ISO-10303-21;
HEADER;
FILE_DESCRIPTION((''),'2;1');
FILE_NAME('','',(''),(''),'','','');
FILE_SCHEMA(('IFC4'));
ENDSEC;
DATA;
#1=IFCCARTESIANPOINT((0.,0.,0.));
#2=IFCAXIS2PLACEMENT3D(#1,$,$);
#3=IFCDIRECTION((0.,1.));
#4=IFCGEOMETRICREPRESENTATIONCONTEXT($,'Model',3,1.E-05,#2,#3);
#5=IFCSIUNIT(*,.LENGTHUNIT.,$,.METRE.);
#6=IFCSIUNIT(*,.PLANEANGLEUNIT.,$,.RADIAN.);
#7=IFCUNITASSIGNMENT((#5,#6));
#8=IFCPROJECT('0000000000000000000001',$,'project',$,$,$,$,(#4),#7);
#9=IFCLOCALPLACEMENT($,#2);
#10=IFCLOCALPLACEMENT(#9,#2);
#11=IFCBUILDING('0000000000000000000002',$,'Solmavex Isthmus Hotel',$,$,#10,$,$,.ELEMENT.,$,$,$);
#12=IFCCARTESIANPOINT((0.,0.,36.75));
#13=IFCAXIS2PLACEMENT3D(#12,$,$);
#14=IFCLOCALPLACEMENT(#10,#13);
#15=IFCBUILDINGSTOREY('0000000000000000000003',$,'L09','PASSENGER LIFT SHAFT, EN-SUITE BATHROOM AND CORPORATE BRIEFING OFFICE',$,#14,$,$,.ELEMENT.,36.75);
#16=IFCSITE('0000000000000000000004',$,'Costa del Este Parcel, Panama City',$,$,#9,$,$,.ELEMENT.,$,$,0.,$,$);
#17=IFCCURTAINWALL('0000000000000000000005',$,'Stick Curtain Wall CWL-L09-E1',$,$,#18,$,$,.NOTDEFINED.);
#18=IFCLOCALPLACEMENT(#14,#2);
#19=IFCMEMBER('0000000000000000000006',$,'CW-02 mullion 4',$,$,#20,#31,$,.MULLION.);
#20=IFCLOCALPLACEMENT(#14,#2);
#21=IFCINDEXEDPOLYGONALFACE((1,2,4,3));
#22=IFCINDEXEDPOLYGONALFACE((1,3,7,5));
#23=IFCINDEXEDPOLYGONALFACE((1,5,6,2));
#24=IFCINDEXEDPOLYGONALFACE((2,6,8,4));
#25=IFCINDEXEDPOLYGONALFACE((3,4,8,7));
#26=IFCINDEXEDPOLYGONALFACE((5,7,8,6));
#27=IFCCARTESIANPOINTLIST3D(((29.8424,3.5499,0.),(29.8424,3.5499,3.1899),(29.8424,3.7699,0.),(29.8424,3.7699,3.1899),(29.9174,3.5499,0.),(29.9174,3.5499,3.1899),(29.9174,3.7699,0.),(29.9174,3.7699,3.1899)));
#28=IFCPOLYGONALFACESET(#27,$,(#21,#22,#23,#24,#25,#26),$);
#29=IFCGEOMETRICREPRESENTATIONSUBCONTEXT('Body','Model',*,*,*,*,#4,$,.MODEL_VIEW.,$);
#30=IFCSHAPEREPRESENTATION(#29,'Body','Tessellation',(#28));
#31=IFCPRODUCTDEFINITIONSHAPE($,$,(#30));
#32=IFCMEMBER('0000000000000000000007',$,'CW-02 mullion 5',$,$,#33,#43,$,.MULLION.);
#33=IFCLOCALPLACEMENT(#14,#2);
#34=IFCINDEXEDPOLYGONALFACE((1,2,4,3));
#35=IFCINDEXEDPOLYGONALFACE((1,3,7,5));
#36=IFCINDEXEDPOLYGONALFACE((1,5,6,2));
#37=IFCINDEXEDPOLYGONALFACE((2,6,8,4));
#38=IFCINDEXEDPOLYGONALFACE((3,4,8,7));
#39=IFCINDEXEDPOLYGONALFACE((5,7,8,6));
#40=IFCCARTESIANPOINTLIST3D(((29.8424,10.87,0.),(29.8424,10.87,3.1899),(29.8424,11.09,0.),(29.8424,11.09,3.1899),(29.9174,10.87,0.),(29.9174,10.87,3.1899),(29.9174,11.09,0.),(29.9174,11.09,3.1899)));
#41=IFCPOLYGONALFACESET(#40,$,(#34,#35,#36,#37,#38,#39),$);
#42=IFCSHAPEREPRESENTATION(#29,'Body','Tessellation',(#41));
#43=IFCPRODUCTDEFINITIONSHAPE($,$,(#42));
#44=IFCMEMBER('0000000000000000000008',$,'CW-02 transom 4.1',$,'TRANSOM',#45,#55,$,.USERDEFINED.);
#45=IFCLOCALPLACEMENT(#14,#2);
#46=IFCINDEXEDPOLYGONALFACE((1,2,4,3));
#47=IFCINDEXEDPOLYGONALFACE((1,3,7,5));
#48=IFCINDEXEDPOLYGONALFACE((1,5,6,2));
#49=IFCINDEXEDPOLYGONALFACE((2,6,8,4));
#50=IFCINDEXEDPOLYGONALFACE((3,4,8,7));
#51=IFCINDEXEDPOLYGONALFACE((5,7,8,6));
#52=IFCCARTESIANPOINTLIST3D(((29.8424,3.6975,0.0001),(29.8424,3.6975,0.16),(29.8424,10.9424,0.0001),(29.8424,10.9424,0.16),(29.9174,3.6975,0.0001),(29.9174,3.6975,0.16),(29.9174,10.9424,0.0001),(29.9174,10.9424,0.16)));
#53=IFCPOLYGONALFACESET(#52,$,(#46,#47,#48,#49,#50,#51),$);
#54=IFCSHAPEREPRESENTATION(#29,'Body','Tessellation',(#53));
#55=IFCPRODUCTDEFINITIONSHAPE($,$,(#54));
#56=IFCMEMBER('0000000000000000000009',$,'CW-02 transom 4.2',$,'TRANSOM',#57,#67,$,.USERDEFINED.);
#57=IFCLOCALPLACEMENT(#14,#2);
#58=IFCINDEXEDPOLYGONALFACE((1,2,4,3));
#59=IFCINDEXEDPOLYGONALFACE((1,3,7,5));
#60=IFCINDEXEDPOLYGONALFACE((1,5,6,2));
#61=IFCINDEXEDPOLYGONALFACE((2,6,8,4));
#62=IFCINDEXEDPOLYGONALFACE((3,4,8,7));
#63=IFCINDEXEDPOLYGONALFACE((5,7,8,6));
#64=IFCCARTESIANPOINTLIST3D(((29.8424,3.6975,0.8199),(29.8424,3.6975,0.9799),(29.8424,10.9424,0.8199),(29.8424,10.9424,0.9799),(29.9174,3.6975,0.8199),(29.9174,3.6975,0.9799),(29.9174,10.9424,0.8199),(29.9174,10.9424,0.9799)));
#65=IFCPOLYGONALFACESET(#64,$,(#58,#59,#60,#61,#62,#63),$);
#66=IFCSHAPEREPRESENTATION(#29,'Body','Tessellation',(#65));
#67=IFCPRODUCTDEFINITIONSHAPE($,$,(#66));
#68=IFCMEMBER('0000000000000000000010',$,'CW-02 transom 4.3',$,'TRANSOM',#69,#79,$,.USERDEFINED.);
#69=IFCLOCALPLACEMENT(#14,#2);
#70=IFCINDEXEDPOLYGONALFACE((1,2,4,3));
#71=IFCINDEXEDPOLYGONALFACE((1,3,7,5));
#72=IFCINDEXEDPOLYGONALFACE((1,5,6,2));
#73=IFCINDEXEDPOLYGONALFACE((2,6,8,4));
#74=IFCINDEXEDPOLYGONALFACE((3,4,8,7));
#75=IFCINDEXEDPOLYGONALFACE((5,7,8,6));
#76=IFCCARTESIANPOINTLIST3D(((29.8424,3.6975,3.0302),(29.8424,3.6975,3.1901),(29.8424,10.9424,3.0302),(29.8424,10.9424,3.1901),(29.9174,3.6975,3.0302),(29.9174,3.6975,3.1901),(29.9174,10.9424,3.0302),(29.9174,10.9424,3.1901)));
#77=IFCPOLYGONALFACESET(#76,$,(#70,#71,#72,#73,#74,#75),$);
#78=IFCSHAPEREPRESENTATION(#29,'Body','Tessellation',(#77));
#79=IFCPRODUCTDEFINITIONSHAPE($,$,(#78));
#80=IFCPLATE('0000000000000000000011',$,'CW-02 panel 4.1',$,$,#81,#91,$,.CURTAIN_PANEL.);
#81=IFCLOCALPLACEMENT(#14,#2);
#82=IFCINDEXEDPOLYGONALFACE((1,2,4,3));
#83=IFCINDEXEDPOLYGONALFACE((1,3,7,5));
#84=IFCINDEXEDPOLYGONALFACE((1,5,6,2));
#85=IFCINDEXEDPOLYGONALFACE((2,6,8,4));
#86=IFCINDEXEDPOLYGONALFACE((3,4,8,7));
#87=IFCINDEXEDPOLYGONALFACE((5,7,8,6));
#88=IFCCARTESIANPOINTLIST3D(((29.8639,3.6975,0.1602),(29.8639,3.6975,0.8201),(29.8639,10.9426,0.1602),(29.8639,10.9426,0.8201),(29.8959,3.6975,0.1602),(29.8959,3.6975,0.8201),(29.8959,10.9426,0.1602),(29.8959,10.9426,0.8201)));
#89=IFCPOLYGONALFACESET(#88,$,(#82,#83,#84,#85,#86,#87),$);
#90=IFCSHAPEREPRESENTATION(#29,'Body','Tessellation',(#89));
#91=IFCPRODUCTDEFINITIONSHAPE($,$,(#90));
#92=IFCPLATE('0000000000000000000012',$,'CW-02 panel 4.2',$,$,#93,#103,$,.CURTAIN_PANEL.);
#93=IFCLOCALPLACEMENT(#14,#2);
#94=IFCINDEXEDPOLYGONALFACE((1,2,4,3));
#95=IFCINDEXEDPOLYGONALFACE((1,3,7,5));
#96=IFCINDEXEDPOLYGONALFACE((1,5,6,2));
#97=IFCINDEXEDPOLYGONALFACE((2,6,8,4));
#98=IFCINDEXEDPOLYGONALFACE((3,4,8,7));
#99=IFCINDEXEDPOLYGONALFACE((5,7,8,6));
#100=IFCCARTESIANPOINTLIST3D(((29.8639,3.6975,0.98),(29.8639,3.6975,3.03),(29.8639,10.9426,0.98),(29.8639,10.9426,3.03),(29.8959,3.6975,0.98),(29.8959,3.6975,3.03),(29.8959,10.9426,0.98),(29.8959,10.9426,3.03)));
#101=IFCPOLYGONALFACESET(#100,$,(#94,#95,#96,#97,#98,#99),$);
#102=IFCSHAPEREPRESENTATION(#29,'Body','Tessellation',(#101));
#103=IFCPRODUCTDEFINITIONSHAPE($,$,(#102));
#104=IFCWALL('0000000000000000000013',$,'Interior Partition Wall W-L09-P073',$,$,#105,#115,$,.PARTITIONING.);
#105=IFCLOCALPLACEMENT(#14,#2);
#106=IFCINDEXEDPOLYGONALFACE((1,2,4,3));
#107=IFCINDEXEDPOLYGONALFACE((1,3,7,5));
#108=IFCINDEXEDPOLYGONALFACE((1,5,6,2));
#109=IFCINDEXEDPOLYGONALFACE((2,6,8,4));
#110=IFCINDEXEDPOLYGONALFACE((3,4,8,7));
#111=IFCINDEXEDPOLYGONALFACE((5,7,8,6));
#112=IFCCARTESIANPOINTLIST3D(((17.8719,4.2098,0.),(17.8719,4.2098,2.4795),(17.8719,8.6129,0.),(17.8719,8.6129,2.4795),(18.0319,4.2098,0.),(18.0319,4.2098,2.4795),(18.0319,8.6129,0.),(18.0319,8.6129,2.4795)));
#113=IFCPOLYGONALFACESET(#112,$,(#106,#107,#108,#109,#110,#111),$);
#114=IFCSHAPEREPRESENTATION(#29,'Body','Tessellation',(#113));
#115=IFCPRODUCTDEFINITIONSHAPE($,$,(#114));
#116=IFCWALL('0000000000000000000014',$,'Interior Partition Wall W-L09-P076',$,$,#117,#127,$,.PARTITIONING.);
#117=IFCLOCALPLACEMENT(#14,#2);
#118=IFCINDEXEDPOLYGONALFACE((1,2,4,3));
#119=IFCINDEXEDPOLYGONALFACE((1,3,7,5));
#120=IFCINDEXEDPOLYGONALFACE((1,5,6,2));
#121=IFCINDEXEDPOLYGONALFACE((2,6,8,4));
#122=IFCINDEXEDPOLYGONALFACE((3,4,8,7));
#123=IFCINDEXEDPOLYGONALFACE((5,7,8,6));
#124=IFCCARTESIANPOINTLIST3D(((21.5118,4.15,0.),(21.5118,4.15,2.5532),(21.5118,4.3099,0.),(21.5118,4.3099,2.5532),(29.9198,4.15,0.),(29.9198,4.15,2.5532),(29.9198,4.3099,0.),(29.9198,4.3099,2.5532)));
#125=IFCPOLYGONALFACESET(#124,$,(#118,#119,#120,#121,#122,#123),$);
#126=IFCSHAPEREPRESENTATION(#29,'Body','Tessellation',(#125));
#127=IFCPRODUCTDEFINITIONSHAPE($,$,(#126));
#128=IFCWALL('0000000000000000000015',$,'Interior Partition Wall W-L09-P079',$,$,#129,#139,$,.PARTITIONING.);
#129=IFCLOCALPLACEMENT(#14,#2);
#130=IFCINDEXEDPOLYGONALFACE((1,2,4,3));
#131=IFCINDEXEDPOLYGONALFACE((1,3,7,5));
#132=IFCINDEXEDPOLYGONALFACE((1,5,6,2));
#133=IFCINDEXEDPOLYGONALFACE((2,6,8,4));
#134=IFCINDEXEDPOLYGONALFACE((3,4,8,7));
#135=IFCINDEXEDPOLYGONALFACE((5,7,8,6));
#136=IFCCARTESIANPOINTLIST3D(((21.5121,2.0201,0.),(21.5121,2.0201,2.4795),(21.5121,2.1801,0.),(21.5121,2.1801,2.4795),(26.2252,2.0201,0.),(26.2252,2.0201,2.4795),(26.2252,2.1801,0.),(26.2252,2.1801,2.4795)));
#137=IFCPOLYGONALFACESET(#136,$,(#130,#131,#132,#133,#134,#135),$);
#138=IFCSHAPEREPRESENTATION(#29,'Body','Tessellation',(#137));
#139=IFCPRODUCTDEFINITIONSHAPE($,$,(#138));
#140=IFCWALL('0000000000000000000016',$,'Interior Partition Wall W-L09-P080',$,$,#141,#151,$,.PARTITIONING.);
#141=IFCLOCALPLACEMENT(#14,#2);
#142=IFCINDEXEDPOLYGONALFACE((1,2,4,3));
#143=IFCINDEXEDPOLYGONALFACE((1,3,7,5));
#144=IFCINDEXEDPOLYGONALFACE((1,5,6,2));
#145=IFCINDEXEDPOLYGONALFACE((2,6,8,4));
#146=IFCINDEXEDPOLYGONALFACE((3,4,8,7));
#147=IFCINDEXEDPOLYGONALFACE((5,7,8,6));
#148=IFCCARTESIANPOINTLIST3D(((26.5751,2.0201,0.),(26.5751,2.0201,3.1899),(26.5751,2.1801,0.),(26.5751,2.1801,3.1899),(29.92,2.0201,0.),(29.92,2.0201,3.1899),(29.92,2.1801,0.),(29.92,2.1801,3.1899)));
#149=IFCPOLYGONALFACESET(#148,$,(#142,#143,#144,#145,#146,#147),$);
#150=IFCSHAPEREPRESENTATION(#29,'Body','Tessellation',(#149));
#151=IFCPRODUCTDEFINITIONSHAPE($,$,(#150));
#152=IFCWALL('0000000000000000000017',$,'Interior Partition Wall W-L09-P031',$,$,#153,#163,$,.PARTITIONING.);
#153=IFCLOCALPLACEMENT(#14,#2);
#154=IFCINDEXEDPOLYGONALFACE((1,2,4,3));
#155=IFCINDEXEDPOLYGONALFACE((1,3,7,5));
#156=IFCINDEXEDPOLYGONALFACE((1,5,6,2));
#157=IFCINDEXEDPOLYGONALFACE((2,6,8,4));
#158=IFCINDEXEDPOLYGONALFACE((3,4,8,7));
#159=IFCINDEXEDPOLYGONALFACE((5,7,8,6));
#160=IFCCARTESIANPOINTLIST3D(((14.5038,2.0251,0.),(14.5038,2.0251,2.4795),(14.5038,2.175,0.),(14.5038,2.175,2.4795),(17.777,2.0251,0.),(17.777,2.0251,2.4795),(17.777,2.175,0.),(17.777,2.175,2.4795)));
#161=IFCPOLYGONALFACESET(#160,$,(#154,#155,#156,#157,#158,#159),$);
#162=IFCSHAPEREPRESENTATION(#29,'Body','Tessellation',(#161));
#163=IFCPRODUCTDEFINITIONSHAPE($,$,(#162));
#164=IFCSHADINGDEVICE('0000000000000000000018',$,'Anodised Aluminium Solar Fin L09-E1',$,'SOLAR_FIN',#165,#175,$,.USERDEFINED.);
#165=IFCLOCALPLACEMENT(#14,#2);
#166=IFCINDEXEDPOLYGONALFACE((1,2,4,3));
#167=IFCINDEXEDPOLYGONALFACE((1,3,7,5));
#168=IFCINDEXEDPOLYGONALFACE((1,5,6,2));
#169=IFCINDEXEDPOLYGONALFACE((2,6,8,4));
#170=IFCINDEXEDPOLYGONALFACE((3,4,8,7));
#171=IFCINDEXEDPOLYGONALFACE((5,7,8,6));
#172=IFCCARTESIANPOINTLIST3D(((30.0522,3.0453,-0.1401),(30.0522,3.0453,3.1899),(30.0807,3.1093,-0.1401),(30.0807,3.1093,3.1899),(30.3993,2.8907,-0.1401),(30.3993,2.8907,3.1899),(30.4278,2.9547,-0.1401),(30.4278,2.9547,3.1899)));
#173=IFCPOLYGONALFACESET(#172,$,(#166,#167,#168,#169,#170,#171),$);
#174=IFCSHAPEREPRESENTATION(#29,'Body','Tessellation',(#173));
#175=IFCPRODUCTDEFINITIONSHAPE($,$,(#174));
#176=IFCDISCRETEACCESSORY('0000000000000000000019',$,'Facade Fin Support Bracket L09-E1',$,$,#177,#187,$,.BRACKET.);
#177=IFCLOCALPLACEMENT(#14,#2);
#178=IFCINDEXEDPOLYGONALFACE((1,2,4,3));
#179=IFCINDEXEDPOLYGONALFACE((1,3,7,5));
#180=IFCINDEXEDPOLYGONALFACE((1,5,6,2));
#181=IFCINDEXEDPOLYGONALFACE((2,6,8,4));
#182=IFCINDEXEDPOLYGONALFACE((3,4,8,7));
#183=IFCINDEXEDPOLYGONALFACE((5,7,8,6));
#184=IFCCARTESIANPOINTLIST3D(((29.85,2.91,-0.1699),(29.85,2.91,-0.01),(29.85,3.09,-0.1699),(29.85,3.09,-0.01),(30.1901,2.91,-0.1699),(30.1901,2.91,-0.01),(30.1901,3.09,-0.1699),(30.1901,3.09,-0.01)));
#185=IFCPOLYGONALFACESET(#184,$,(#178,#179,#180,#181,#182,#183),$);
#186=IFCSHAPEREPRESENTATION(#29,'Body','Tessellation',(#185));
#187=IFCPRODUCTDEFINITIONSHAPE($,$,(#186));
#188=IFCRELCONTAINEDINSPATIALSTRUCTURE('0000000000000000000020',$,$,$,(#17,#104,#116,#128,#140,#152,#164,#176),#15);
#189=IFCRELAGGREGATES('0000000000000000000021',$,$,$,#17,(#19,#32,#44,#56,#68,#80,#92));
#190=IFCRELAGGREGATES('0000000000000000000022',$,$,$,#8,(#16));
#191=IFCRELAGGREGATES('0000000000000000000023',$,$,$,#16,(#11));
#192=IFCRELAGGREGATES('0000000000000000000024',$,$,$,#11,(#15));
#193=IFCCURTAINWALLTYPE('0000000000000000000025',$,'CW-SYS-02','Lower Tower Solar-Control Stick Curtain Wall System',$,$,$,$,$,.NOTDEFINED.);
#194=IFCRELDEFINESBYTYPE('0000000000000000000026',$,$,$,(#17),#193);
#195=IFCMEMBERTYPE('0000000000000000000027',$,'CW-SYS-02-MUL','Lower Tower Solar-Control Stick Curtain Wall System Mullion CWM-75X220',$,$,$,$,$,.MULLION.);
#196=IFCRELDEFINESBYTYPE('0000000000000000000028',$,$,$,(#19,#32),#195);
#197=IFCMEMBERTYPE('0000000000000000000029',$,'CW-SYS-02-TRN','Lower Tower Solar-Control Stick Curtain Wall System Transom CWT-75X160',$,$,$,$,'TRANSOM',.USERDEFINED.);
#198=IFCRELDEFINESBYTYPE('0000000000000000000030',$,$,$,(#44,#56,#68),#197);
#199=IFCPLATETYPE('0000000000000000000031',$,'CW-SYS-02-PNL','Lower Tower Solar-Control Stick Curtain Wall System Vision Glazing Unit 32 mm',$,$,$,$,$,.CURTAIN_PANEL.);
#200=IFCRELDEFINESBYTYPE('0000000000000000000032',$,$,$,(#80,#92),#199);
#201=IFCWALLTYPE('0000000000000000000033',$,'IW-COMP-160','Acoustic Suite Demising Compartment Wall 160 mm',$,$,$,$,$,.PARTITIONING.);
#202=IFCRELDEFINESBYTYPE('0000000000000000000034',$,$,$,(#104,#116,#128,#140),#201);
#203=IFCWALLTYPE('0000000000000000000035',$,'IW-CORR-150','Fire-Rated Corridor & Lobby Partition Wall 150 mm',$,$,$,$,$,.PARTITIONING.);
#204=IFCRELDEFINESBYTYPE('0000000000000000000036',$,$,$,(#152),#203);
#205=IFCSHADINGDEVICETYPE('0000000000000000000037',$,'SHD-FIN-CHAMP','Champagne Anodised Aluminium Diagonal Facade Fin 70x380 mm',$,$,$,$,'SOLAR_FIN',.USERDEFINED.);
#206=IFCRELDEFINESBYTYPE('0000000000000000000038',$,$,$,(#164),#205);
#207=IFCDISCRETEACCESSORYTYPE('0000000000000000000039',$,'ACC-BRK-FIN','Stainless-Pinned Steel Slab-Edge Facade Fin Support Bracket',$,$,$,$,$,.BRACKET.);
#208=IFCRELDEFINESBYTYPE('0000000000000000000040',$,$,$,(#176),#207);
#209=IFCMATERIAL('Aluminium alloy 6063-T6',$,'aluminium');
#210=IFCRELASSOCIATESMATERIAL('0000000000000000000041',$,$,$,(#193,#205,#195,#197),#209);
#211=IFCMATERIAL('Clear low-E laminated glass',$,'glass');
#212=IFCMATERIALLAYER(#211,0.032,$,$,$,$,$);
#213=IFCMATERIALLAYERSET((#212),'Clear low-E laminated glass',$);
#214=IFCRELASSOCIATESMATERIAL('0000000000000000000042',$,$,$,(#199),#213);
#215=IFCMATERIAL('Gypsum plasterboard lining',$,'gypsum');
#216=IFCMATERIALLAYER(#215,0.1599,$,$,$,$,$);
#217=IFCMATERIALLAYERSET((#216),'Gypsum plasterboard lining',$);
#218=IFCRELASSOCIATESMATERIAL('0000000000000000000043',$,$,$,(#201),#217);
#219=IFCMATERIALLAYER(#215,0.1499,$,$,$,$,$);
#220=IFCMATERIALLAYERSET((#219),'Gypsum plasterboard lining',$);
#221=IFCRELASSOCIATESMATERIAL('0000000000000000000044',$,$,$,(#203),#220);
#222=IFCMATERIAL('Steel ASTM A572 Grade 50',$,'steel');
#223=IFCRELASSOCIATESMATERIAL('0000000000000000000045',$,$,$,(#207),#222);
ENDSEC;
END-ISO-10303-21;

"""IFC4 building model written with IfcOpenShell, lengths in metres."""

from ifc_helpers import new_model, si_unit, direction, frame, frame_2d, origin, origin_2d, place, context, subcontext, project, spatial, rectangle, extrude, material, layer, layer_set, material_profile, profile_set, type_object, element, aggregate, save


model = new_model("IFC4")

# Units and contexts
model_context = context("Model", 3, precision=1e-05, world=origin(), true_north=direction((0.0, 1.0)))
body_context = subcontext(model_context, "Body", "Model", "MODEL_VIEW")
ifc_project = project(units=[si_unit("LENGTHUNIT", "METRE"), si_unit("PLANEANGLEUNIT", "RADIAN")], contexts=[model_context])

# Site, building, storey
site_placement = place(None, origin())
site = spatial("IfcSite", under=ifc_project, at=site_placement, Name="Costa del Este Parcel, Panama City", CompositionType="ELEMENT", RefElevation=0.0)
building_placement = place(site_placement, origin())
building = spatial("IfcBuilding", under=site, at=building_placement, Name="Solmavex Isthmus Hotel", CompositionType="ELEMENT")
storey_placement = place(building_placement, frame((0.0, 0.0, 36.75)))
storey = spatial("IfcBuildingStorey", under=building, at=storey_placement, Name="L09", Description="PASSENGER LIFT SHAFT, EN-SUITE BATHROOM AND CORPORATE BRIEFING OFFICE", CompositionType="ELEMENT", Elevation=36.75)

# Curtain wall, members, plates
ifc_material_1 = material(Name="Aluminium alloy 6063-T6", Category="aluminium")
curtain_wall_type = type_object("IfcCurtainWallType", Name="CW-SYS-02", Description="Lower Tower Solar-Control Stick Curtain Wall System", PredefinedType="NOTDEFINED", material=ifc_material_1)
curtain_wall_placement = place(storey_placement, origin())
curtain_wall = element("IfcCurtainWall", 1, at=curtain_wall_placement, inside=storey, type_object=curtain_wall_type, Name="Stick Curtain Wall CWL-L09-E1", PredefinedType="NOTDEFINED")
ifc_material_profile_1 = material_profile(ifc_material_1, rectangle(XDim=0.075, YDim=0.22, at=origin_2d()), Name="CWM-75X220")
ifc_profile_set_1 = profile_set([ifc_material_profile_1], Name="Aluminium alloy 6063-T6")
member_type_1 = type_object("IfcMemberType", Name="CW-SYS-02-MUL", Description="Lower Tower Solar-Control Stick Curtain Wall System Mullion CWM-75X220", PredefinedType="MULLION", material=ifc_profile_set_1)
member_1_placement = place(storey_placement, frame((29.8799, 3.6599, 0.0), z_axis=(0.0, 0.0, 1.0), x_axis=(-1.0, 0.0, 0.0)))
member_1 = element("IfcMember", 2, at=member_1_placement, type_object=member_type_1, Name="CW-02 mullion 4", PredefinedType="MULLION", context=body_context, shape_type="SweptSolid", body=[
    extrude(rectangle(XDim=0.075, YDim=0.22, at=origin_2d()), origin(), (0.0, 0.0, 1.0), 3.1899),
])
member_2_placement = place(storey_placement, frame((29.8799, 10.98, 0.0), z_axis=(0.0, 0.0, 1.0), x_axis=(-1.0, 0.0, 0.0)))
member_2 = element("IfcMember", 3, at=member_2_placement, type_object=member_type_1, Name="CW-02 mullion 5", PredefinedType="MULLION", context=body_context, shape_type="SweptSolid", body=[
    extrude(rectangle(XDim=0.075, YDim=0.22, at=origin_2d()), origin(), (0.0, 0.0, 1.0), 3.1899),
])
ifc_material_profile_2 = material_profile(ifc_material_1, rectangle(XDim=0.075, YDim=0.1599, at=origin_2d()), Name="CWT-75X160")
ifc_profile_set_2 = profile_set([ifc_material_profile_2], Name="Aluminium alloy 6063-T6")
member_type_2 = type_object("IfcMemberType", Name="CW-SYS-02-TRN", Description="Lower Tower Solar-Control Stick Curtain Wall System Transom CWT-75X160", ElementType="TRANSOM", PredefinedType="USERDEFINED", material=ifc_profile_set_2)
member_3_placement = place(storey_placement, frame((29.8799, 3.6975, 0.0801), z_axis=(0.0, 1.0, 0.0), x_axis=(-1.0, 0.0, 0.0)))
member_3 = element("IfcMember", 4, at=member_3_placement, type_object=member_type_2, Name="CW-02 transom 4.1", ObjectType="TRANSOM", PredefinedType="USERDEFINED", context=body_context, shape_type="SweptSolid", body=[
    extrude(rectangle(XDim=0.075, YDim=0.1599, at=origin_2d()), origin(), (0.0, 0.0, 1.0), 7.2449),
])
member_4_placement = place(storey_placement, frame((29.8799, 3.6975, 0.8999), z_axis=(0.0, 1.0, 0.0), x_axis=(-1.0, 0.0, 0.0)))
member_4 = element("IfcMember", 5, at=member_4_placement, type_object=member_type_2, Name="CW-02 transom 4.2", ObjectType="TRANSOM", PredefinedType="USERDEFINED", context=body_context, shape_type="SweptSolid", body=[
    extrude(rectangle(XDim=0.075, YDim=0.1599, at=origin_2d()), origin(), (0.0, 0.0, 1.0), 7.2449),
])
member_5_placement = place(storey_placement, frame((29.8799, 3.6975, 3.1101), z_axis=(0.0, 1.0, 0.0), x_axis=(-1.0, 0.0, 0.0)))
member_5 = element("IfcMember", 6, at=member_5_placement, type_object=member_type_2, Name="CW-02 transom 4.3", ObjectType="TRANSOM", PredefinedType="USERDEFINED", context=body_context, shape_type="SweptSolid", body=[
    extrude(rectangle(XDim=0.075, YDim=0.1599, at=origin_2d()), origin(), (0.0, 0.0, 1.0), 7.2449),
])
ifc_material_2 = material(Name="Clear low-E laminated glass", Category="glass")
ifc_layer_1 = layer(ifc_material_2, 0.032)
ifc_layer_set_1 = layer_set([ifc_layer_1], Name="Clear low-E laminated glass")
plate_type = type_object("IfcPlateType", Name="CW-SYS-02-PNL", Description="Lower Tower Solar-Control Stick Curtain Wall System Vision Glazing Unit 32 mm", PredefinedType="CURTAIN_PANEL", material=ifc_layer_set_1)
plate_1_placement = place(storey_placement, frame((29.8799, 7.3201, 0.1602), z_axis=(0.0, 0.0, 1.0), x_axis=(0.0, 1.0, 0.0)))
plate_1 = element("IfcPlate", 7, at=plate_1_placement, type_object=plate_type, Name="CW-02 panel 4.1", PredefinedType="CURTAIN_PANEL", context=body_context, shape_type="SweptSolid", body=[
    extrude(rectangle(XDim=7.2451, YDim=0.032, at=origin_2d()), origin(), (0.0, 0.0, 1.0), 0.6599),
])
plate_2_placement = place(storey_placement, frame((29.8799, 7.3201, 0.98), z_axis=(0.0, 0.0, 1.0), x_axis=(0.0, 1.0, 0.0)))
plate_2 = element("IfcPlate", 8, at=plate_2_placement, type_object=plate_type, Name="CW-02 panel 4.2", PredefinedType="CURTAIN_PANEL", context=body_context, shape_type="SweptSolid", body=[
    extrude(rectangle(XDim=7.2451, YDim=0.032, at=origin_2d()), origin(), (0.0, 0.0, 1.0), 2.05),
])
aggregate(curtain_wall, [member_1, member_2, member_3, member_4, member_5, plate_1, plate_2])

# Walls
ifc_material_3 = material(Name="Gypsum plasterboard lining", Category="gypsum")
ifc_layer_2 = layer(ifc_material_3, 0.1599)
ifc_layer_set_2 = layer_set([ifc_layer_2], Name="Gypsum plasterboard lining")
wall_type_1 = type_object("IfcWallType", Name="IW-COMP-160", Description="Acoustic Suite Demising Compartment Wall 160 mm", PredefinedType="PARTITIONING", material=ifc_layer_set_2)
wall_1_placement = place(storey_placement, frame((17.9519, 8.613, 0.0), z_axis=(0.0, 0.0, 1.0), x_axis=(0.0, -1.0, 0.0)))
element("IfcWall", 9, at=wall_1_placement, inside=storey, type_object=wall_type_1, Name="Interior Partition Wall W-L09-P073", PredefinedType="PARTITIONING", context=body_context, shape_type="SweptSolid", body=[
    extrude(rectangle(XDim=4.4031, YDim=0.1599, at=frame_2d((2.2017, 0.0))), origin(), (0.0, 0.0, 1.0), 2.4795),
])
wall_2_placement = place(storey_placement, frame((29.9199, 4.23, 0.0), z_axis=(0.0, 0.0, 1.0), x_axis=(-1.0, 0.0, 0.0)))
element("IfcWall", 10, at=wall_2_placement, inside=storey, type_object=wall_type_1, Name="Interior Partition Wall W-L09-P076", PredefinedType="PARTITIONING", context=body_context, shape_type="SweptSolid", body=[
    extrude(rectangle(XDim=8.408, YDim=0.1599, at=frame_2d((4.2041, 0.0))), origin(), (0.0, 0.0, 1.0), 2.5532),
])
wall_3_placement = place(storey_placement, frame((26.2251, 2.1001, 0.0), z_axis=(0.0, 0.0, 1.0), x_axis=(-1.0, 0.0, 0.0)))
element("IfcWall", 11, at=wall_3_placement, inside=storey, type_object=wall_type_1, Name="Interior Partition Wall W-L09-P079", PredefinedType="PARTITIONING", context=body_context, shape_type="SweptSolid", body=[
    extrude(rectangle(XDim=4.7131, YDim=0.1599, at=frame_2d((2.3564, 0.0))), origin(), (0.0, 0.0, 1.0), 2.4795),
])
wall_4_placement = place(storey_placement, frame((29.9199, 2.1001, 0.0), z_axis=(0.0, 0.0, 1.0), x_axis=(-1.0, 0.0, 0.0)))
element("IfcWall", 12, at=wall_4_placement, inside=storey, type_object=wall_type_1, Name="Interior Partition Wall W-L09-P080", PredefinedType="PARTITIONING", context=body_context, shape_type="SweptSolid", body=[
    extrude(rectangle(XDim=3.345, YDim=0.1599, at=frame_2d((1.6724, 0.0))), origin(), (0.0, 0.0, 1.0), 3.1899),
])

# Shared definitions
ifc_layer_3 = layer(ifc_material_3, 0.1499)
ifc_layer_set_3 = layer_set([ifc_layer_3], Name="Gypsum plasterboard lining")
wall_type_2 = type_object("IfcWallType", Name="IW-CORR-150", Description="Fire-Rated Corridor & Lobby Partition Wall 150 mm", PredefinedType="PARTITIONING", material=ifc_layer_set_3)

# Wall
wall_5_placement = place(storey_placement, frame((17.7771, 2.1001, 0.0), z_axis=(0.0, 0.0, 1.0), x_axis=(-1.0, 0.0, 0.0)))
element("IfcWall", 13, at=wall_5_placement, inside=storey, type_object=wall_type_2, Name="Interior Partition Wall W-L09-P031", PredefinedType="PARTITIONING", context=body_context, shape_type="SweptSolid", body=[
    extrude(rectangle(XDim=3.2732, YDim=0.1499, at=frame_2d((1.6367, 0.0))), origin(), (0.0, 0.0, 1.0), 2.4795),
])

# Shading device
shading_device_type = type_object("IfcShadingDeviceType", Name="SHD-FIN-CHAMP", Description="Champagne Anodised Aluminium Diagonal Facade Fin 70x380 mm", ElementType="SOLAR_FIN", PredefinedType="USERDEFINED", material=ifc_material_1)
shading_device_placement = place(storey_placement, frame((30.24, 3.0, -0.1401), z_axis=(0.0, 0.0, 1.0), x_axis=(0.913545, -0.406737, 0.0)))
element("IfcShadingDevice", 14, at=shading_device_placement, inside=storey, type_object=shading_device_type, Name="Anodised Aluminium Solar Fin L09-E1", ObjectType="SOLAR_FIN", PredefinedType="USERDEFINED", context=body_context, shape_type="SweptSolid", body=[
    extrude(rectangle(XDim=0.3799, YDim=0.0701, at=origin_2d()), origin(), (0.0, 0.0, 1.0), 3.3301),
])

# Discrete accessory
ifc_material_4 = material(Name="Steel ASTM A572 Grade 50", Category="steel")
discrete_accessory_type = type_object("IfcDiscreteAccessoryType", Name="ACC-BRK-FIN", Description="Stainless-Pinned Steel Slab-Edge Facade Fin Support Bracket", PredefinedType="BRACKET", material=ifc_material_4)
discrete_accessory_placement = place(storey_placement, frame((30.02, 3.0, -0.1699), z_axis=(0.0, 0.0, 1.0), x_axis=(1.0, 0.0, 0.0)))
element("IfcDiscreteAccessory", 15, at=discrete_accessory_placement, inside=storey, type_object=discrete_accessory_type, Name="Facade Fin Support Bracket L09-E1", PredefinedType="BRACKET", context=body_context, shape_type="SweptSolid", body=[
    extrude(rectangle(XDim=0.3401, YDim=0.1799, at=origin_2d()), origin(), (0.0, 0.0, 1.0), 0.1599),
])

save(model, "model.ifc")
